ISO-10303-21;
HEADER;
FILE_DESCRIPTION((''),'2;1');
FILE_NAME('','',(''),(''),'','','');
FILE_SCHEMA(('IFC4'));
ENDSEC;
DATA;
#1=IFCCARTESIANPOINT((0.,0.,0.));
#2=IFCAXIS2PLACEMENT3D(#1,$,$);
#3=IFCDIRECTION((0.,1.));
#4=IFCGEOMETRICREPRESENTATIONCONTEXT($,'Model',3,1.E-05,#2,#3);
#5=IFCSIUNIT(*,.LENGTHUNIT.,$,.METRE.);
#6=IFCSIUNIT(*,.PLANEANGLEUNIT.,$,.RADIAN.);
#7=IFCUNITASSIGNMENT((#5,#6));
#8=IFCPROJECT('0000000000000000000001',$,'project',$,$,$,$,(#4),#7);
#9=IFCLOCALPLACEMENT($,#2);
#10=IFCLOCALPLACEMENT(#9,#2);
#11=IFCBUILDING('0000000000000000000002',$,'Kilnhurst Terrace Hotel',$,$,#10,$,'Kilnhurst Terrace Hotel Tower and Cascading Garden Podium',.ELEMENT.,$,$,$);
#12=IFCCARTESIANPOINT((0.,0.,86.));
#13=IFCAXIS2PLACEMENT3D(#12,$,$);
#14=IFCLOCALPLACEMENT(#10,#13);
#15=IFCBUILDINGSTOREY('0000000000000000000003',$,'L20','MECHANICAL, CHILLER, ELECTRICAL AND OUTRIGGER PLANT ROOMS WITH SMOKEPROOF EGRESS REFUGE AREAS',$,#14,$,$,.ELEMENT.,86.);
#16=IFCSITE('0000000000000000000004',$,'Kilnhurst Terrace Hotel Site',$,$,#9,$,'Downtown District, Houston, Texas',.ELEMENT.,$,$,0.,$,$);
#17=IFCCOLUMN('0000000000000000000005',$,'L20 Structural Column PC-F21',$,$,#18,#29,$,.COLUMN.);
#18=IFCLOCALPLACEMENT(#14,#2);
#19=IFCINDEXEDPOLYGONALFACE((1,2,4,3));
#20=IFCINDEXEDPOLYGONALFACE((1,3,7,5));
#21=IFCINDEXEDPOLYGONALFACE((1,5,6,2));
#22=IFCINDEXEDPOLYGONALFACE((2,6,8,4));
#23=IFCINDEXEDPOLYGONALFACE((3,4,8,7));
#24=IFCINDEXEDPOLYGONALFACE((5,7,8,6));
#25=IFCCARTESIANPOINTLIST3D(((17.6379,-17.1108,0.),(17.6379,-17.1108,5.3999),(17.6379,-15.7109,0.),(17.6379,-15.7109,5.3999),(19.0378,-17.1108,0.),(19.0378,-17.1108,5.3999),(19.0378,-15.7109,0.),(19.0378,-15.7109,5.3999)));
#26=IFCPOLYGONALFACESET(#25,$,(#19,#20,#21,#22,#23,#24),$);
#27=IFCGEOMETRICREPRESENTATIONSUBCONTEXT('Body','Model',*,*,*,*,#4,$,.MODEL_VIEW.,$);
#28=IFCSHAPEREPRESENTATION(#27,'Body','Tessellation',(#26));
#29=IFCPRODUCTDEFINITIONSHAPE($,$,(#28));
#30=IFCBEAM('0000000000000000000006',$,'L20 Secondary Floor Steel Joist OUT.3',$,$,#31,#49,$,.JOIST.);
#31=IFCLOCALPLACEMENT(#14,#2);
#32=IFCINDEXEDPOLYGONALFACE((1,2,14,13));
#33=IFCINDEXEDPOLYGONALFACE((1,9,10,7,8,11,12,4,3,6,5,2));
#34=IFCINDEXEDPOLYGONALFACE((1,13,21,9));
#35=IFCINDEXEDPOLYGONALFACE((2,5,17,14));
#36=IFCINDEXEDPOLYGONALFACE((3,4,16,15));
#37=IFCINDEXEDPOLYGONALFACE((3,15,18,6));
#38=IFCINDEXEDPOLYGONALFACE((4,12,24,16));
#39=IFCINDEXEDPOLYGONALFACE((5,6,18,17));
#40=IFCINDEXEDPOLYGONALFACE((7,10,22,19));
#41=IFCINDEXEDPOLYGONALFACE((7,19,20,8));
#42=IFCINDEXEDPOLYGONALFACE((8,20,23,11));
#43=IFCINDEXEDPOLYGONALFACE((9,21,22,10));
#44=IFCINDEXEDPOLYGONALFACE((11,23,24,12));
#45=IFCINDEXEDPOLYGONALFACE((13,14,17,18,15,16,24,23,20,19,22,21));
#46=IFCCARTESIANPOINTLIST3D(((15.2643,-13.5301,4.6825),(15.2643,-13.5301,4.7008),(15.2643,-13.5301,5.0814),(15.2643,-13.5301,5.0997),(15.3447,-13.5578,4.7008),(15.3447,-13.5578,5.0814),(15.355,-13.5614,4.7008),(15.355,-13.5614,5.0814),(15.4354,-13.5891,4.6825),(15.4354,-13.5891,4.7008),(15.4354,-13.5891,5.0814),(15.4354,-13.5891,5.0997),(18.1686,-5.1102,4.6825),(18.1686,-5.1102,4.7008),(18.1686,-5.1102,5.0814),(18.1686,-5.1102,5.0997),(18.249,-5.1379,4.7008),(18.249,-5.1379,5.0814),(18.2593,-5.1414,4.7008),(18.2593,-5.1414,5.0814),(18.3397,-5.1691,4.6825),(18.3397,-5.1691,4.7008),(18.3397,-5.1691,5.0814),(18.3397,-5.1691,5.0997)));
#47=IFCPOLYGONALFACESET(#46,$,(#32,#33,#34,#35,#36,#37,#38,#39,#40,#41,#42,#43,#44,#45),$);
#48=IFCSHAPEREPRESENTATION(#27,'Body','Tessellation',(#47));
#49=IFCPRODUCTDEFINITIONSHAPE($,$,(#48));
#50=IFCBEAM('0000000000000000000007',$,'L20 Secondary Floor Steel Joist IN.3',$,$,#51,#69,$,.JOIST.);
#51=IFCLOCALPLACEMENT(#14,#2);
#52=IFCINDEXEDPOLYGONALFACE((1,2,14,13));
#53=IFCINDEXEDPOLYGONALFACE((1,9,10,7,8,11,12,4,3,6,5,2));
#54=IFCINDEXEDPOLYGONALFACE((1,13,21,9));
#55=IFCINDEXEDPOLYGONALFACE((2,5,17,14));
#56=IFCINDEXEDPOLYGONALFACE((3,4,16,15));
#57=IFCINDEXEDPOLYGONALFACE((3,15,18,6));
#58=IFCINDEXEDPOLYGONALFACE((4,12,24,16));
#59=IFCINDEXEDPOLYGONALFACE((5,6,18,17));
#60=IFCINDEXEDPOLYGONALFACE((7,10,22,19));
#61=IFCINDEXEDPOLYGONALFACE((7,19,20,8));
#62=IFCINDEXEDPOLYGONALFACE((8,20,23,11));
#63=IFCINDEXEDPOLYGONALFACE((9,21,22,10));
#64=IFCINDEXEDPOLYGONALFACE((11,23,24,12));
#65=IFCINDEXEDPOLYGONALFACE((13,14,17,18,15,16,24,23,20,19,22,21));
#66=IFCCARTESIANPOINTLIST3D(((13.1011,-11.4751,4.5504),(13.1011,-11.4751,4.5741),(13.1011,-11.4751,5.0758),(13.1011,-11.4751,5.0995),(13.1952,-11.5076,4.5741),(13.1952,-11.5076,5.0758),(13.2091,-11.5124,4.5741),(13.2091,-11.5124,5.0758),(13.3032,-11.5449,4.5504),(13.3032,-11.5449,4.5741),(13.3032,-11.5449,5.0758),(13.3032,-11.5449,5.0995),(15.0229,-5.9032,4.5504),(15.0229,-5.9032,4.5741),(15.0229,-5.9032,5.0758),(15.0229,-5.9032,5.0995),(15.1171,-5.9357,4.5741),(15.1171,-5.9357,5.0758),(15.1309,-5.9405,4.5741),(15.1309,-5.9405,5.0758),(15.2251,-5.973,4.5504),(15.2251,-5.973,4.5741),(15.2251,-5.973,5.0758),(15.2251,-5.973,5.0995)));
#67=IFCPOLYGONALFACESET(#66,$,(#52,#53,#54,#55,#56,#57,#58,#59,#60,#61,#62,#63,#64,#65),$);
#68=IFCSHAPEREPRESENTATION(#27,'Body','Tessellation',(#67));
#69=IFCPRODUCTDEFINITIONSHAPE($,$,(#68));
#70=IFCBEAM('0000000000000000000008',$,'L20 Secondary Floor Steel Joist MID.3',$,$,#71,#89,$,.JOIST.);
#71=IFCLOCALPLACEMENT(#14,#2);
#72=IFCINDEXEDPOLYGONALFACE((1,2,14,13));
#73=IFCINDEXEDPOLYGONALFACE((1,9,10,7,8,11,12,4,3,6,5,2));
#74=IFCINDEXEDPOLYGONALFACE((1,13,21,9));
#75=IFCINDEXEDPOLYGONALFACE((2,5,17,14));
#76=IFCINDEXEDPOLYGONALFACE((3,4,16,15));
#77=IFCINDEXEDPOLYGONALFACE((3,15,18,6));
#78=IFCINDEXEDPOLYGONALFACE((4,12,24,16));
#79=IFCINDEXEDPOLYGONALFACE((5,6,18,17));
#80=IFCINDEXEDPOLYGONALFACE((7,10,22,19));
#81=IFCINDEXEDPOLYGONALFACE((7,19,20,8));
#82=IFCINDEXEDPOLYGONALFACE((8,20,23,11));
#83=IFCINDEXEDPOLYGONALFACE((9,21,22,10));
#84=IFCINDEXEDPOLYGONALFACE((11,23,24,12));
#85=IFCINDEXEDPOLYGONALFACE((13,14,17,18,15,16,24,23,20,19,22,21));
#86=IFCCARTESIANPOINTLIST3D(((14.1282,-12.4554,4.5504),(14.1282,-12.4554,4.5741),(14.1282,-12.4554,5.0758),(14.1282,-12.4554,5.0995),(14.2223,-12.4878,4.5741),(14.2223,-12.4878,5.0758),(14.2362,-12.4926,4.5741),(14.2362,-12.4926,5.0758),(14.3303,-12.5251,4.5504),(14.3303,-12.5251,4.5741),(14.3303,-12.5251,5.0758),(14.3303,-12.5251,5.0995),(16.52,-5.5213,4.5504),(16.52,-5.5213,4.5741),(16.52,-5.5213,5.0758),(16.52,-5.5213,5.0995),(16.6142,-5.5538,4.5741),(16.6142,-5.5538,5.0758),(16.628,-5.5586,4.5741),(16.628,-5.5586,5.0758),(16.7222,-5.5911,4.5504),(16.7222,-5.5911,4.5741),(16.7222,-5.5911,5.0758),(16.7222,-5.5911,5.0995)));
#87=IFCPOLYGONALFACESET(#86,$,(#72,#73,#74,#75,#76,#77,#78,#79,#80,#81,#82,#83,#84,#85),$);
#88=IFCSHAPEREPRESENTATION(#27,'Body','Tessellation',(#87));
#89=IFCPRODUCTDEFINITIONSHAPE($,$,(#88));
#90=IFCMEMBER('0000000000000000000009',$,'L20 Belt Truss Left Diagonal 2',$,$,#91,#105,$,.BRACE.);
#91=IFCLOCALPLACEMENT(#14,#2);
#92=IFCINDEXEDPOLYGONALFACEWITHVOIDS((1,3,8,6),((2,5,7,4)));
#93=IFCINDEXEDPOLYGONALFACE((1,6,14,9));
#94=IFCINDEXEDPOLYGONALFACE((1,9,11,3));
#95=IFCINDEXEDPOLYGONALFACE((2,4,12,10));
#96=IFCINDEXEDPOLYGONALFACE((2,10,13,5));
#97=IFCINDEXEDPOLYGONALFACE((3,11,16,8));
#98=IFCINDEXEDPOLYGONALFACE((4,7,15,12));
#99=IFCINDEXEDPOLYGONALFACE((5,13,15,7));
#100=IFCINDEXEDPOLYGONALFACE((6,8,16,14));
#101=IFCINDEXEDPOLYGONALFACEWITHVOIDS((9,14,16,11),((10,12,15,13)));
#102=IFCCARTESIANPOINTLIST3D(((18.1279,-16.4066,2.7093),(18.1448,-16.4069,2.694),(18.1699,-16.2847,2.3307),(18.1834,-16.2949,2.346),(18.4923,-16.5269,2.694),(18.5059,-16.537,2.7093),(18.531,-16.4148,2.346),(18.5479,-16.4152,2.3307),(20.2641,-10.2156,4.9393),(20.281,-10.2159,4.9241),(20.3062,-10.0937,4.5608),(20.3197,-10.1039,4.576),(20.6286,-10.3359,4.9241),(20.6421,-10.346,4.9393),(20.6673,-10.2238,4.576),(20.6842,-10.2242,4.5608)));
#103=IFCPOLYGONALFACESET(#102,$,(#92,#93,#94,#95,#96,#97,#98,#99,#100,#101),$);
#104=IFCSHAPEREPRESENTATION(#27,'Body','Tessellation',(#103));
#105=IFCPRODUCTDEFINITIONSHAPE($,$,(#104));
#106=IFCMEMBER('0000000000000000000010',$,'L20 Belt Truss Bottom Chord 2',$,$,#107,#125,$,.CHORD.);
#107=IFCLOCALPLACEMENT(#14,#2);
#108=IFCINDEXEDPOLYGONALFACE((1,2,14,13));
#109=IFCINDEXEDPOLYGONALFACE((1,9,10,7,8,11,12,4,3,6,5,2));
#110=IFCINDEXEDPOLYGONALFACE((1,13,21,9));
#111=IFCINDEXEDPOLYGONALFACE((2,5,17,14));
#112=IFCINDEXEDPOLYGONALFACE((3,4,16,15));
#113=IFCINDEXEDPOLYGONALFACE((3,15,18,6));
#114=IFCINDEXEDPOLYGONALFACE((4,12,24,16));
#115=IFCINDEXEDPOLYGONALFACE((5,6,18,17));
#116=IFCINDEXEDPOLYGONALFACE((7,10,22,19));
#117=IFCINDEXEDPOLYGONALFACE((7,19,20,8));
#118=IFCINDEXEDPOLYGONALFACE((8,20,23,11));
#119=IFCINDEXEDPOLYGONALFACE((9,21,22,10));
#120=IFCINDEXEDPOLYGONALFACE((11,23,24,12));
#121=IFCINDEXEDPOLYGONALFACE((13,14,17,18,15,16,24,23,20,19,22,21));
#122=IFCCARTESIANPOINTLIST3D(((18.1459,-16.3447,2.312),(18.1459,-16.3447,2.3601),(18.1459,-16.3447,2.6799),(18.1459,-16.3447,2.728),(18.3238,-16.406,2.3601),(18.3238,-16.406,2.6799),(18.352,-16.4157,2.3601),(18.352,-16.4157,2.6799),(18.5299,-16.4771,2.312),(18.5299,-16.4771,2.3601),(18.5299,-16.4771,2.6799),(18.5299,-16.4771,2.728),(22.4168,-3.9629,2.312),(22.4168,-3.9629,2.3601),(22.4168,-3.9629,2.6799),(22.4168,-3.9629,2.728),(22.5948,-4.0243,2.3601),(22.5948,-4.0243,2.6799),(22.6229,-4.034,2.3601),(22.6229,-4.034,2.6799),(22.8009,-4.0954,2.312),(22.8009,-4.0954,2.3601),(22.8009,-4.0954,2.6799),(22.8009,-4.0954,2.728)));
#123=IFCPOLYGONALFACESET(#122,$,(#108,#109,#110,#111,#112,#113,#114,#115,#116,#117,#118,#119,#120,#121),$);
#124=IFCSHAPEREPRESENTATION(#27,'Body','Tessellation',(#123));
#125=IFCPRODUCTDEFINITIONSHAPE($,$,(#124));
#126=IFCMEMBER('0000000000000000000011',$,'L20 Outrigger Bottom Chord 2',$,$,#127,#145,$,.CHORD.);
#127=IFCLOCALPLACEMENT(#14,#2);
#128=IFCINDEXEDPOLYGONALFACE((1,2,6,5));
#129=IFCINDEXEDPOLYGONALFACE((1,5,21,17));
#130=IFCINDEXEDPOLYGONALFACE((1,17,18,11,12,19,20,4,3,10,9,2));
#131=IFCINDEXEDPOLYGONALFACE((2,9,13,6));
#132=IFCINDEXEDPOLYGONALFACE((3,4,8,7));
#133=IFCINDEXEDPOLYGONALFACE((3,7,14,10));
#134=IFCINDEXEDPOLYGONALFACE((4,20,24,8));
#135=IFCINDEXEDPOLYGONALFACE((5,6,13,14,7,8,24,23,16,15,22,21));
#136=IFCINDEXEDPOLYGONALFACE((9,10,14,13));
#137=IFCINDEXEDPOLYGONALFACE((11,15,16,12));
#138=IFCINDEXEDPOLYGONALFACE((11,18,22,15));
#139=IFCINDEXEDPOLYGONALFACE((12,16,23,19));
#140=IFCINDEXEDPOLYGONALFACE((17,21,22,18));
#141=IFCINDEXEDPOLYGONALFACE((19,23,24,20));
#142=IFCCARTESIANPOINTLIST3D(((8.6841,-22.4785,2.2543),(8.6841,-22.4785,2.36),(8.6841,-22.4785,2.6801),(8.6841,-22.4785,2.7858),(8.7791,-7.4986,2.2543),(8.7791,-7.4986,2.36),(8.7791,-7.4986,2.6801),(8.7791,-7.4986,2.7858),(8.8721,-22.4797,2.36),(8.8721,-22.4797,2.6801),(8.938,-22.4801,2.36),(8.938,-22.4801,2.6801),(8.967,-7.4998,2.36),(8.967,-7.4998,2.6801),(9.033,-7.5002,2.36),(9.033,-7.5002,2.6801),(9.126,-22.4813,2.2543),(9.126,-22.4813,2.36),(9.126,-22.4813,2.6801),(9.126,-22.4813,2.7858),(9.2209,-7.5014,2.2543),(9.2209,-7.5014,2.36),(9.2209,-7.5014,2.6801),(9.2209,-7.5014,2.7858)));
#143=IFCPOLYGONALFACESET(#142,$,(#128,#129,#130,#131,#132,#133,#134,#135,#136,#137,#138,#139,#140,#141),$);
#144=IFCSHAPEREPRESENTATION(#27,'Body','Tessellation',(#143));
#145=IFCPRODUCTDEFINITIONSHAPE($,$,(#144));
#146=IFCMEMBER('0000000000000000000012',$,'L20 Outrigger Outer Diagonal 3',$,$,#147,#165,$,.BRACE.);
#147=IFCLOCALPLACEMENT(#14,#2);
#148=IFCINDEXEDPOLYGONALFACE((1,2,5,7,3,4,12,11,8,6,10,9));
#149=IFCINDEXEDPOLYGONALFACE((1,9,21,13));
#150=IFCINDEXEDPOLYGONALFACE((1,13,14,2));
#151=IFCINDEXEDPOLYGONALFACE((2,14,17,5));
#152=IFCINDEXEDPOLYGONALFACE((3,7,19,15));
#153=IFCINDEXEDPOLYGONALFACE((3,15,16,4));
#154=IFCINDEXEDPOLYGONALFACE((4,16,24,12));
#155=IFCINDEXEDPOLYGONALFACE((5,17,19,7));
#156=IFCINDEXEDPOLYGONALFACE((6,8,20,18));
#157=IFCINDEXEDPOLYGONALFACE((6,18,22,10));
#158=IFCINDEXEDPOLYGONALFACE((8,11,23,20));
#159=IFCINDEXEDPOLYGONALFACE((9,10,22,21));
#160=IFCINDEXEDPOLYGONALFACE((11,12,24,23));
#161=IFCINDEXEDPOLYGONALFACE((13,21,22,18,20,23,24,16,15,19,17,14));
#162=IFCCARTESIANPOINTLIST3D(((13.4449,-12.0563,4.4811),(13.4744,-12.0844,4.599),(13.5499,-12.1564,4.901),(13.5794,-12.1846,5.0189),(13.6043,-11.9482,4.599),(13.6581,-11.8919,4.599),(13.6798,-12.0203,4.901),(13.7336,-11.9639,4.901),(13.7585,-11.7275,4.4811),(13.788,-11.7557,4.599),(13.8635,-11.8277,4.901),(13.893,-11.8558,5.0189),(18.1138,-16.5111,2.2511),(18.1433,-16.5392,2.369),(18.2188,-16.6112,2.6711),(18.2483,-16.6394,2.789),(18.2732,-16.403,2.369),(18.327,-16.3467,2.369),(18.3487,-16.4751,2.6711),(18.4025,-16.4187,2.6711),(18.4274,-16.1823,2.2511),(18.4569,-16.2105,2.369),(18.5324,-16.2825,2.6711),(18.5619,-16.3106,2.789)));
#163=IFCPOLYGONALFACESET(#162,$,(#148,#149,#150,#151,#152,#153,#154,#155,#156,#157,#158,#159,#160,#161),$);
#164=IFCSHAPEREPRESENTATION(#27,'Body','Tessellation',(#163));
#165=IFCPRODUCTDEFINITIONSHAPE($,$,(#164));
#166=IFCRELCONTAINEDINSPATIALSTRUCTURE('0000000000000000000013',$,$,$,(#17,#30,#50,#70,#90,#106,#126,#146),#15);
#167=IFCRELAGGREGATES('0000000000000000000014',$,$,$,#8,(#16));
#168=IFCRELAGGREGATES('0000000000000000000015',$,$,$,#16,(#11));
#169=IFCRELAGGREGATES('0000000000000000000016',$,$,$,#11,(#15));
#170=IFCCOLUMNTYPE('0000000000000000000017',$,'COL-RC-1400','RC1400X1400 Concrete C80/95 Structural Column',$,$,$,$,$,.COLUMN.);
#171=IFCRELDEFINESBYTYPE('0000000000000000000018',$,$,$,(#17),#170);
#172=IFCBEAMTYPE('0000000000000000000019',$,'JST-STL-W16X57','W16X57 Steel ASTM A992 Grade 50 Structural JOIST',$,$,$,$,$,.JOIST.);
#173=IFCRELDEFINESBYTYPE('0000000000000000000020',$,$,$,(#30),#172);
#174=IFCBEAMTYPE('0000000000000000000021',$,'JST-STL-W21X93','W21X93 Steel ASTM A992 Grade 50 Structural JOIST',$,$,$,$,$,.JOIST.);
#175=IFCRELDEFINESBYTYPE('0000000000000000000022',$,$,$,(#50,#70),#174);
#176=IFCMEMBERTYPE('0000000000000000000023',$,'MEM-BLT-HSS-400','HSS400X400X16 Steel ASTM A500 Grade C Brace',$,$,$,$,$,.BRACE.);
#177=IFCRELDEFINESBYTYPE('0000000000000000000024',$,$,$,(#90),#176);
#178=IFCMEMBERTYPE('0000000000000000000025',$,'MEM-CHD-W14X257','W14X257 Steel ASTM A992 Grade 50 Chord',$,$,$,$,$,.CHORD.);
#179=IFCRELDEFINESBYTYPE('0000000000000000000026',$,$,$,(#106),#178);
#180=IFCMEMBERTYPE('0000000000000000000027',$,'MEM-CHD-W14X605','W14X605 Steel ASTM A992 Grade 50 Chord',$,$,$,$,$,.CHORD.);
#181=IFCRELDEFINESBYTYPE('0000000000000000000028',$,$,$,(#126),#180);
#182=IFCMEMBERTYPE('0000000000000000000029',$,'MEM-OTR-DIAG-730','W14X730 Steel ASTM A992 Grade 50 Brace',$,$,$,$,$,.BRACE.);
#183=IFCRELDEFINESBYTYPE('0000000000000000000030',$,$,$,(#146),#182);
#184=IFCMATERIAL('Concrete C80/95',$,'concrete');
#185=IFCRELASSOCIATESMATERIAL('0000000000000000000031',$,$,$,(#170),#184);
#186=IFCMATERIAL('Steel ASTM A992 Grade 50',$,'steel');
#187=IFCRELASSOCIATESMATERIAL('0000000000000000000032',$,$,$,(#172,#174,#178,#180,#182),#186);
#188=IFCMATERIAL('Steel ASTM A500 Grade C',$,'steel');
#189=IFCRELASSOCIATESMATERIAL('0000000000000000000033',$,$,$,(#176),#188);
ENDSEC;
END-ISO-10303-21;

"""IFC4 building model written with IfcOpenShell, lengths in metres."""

from ifc_helpers import new_model, si_unit, direction, frame, origin, origin_2d, place, context, subcontext, project, spatial, rectangle, hollow_rectangle, i_section, extrude, material, material_profile, profile_set, type_object, element, save


model = new_model("IFC4")

# Units and contexts
model_context = context("Model", 3, precision=1e-05, world=origin(), true_north=direction((0.0, 1.0)))
body_context = subcontext(model_context, "Body", "Model", "MODEL_VIEW")
ifc_project = project(units=[si_unit("LENGTHUNIT", "METRE"), si_unit("PLANEANGLEUNIT", "RADIAN")], contexts=[model_context])

# Site, building, storey
site_placement = place(None, origin())
site = spatial("IfcSite", under=ifc_project, at=site_placement, Name="Kilnhurst Terrace Hotel Site", LongName="Downtown District, Houston, Texas", CompositionType="ELEMENT", RefElevation=0.0)
building_placement = place(site_placement, origin())
building = spatial("IfcBuilding", under=site, at=building_placement, Name="Kilnhurst Terrace Hotel", LongName="Kilnhurst Terrace Hotel Tower and Cascading Garden Podium", CompositionType="ELEMENT")
storey_placement = place(building_placement, frame((0.0, 0.0, 86.0)))
storey = spatial("IfcBuildingStorey", under=building, at=storey_placement, Name="L20", Description="MECHANICAL, CHILLER, ELECTRICAL AND OUTRIGGER PLANT ROOMS WITH SMOKEPROOF EGRESS REFUGE AREAS", CompositionType="ELEMENT", Elevation=86.0)

# Column
ifc_material_1 = material(Name="Concrete C80/95", Category="concrete")
ifc_material_profile_1 = material_profile(ifc_material_1, rectangle(XDim=1.3999, YDim=1.3999, at=origin_2d()), Name="RC1400X1400")
ifc_profile_set_1 = profile_set([ifc_material_profile_1], Name="Concrete C80/95")
column_type = type_object("IfcColumnType", Name="COL-RC-1400", Description="RC1400X1400 Concrete C80/95 Structural Column", PredefinedType="COLUMN", material=ifc_profile_set_1)
column_placement = place(storey_placement, frame((18.3379, -16.4109, 0.0), z_axis=(0.0, 0.0, 1.0), x_axis=(1.0, 0.0, 0.0)))
element("IfcColumn", 1, at=column_placement, inside=storey, type_object=column_type, Name="L20 Structural Column PC-F21", PredefinedType="COLUMN", context=body_context, shape_type="SweptSolid", body=[
    extrude(rectangle(XDim=1.3999, YDim=1.3999, at=origin_2d()), origin(), (0.0, 0.0, 1.0), 5.3999),
])

# Beams
ifc_material_2 = material(Name="Steel ASTM A992 Grade 50", Category="steel")
ifc_material_profile_2 = material_profile(ifc_material_2, i_section(OverallWidth=0.1809, OverallDepth=0.4172, WebThickness=0.011, FlangeThickness=0.0183, at=origin_2d()), Name="W16X57")
ifc_profile_set_2 = profile_set([ifc_material_profile_2], Name="Steel ASTM A992 Grade 50")
beam_type_1 = type_object("IfcBeamType", Name="JST-STL-W16X57", Description="W16X57 Steel ASTM A992 Grade 50 Structural JOIST", PredefinedType="JOIST", material=ifc_profile_set_2)
beam_1_placement = place(storey_placement, frame((15.3499, -13.5596, 4.8911), z_axis=(0.326079, 0.945343, 0.0), x_axis=(-0.945343, 0.326079, 0.0)))
element("IfcBeam", 2, at=beam_1_placement, inside=storey, type_object=beam_type_1, Name="L20 Secondary Floor Steel Joist OUT.3", PredefinedType="JOIST", context=body_context, shape_type="SweptSolid", body=[
    extrude(i_section(OverallWidth=0.1809, OverallDepth=0.4172, WebThickness=0.011, FlangeThickness=0.0183, at=origin_2d()), origin(), (0.0, 0.0, 1.0), 8.9067),
])
ifc_material_profile_3 = material_profile(ifc_material_2, i_section(OverallWidth=0.2139, OverallDepth=0.5491, WebThickness=0.0146, FlangeThickness=0.0237, at=origin_2d()), Name="W21X93")
ifc_profile_set_3 = profile_set([ifc_material_profile_3], Name="Steel ASTM A992 Grade 50")
beam_type_2 = type_object("IfcBeamType", Name="JST-STL-W21X93", Description="W21X93 Steel ASTM A992 Grade 50 Structural JOIST", PredefinedType="JOIST", material=ifc_profile_set_3)
beam_2_placement = place(storey_placement, frame((13.2021, -11.51, 4.825), z_axis=(0.326065, 0.945347, 0.0), x_axis=(-0.945347, 0.326065, 0.0)))
element("IfcBeam", 3, at=beam_2_placement, inside=storey, type_object=beam_type_2, Name="L20 Secondary Floor Steel Joist IN.3", PredefinedType="JOIST", context=body_context, shape_type="SweptSolid", body=[
    extrude(i_section(OverallWidth=0.2139, OverallDepth=0.5491, WebThickness=0.0146, FlangeThickness=0.0237, at=origin_2d()), origin(), (0.0, 0.0, 1.0), 5.894),
])
beam_3_placement = place(storey_placement, frame((14.2292, -12.4902, 4.825), z_axis=(0.326086, 0.94534, 0.0), x_axis=(-0.94534, 0.326086, 0.0)))
element("IfcBeam", 4, at=beam_3_placement, inside=storey, type_object=beam_type_2, Name="L20 Secondary Floor Steel Joist MID.3", PredefinedType="JOIST", context=body_context, shape_type="SweptSolid", body=[
    extrude(i_section(OverallWidth=0.2139, OverallDepth=0.5491, WebThickness=0.0146, FlangeThickness=0.0237, at=origin_2d()), origin(), (0.0, 0.0, 1.0), 7.335),
])

# Members
ifc_material_3 = material(Name="Steel ASTM A500 Grade C", Category="steel")
ifc_material_profile_4 = material_profile(ifc_material_3, hollow_rectangle(XDim=0.3999, YDim=0.3999, WallThickness=0.0161, at=origin_2d()), Name="HSS400X400X16")
ifc_profile_set_4 = profile_set([ifc_material_profile_4], Name="Steel ASTM A500 Grade C")
member_type_1 = type_object("IfcMemberType", Name="MEM-BLT-HSS-400", Description="HSS400X400X16 Steel ASTM A500 Grade C Brace", PredefinedType="BRACE", material=ifc_profile_set_4)
member_1_placement = place(storey_placement, frame((18.3379, -16.4109, 2.52), z_axis=(0.308777, 0.894853, 0.322328), x_axis=(-0.945306, 0.326186, 0.0)))
element("IfcMember", 5, at=member_1_placement, inside=storey, type_object=member_type_1, Name="L20 Belt Truss Left Diagonal 2", PredefinedType="BRACE", context=body_context, shape_type="SweptSolid", body=[
    extrude(hollow_rectangle(XDim=0.3999, YDim=0.3999, WallThickness=0.0161, at=origin_2d()), origin(), (0.0, 0.0, 1.0), 6.9185),
])
ifc_material_profile_5 = material_profile(ifc_material_2, i_section(OverallWidth=0.4062, OverallDepth=0.416, WebThickness=0.0298, FlangeThickness=0.0481, at=origin_2d()), Name="W14X257")
ifc_profile_set_5 = profile_set([ifc_material_profile_5], Name="Steel ASTM A992 Grade 50")
member_type_2 = type_object("IfcMemberType", Name="MEM-CHD-W14X257", Description="W14X257 Steel ASTM A992 Grade 50 Chord", PredefinedType="CHORD", material=ifc_profile_set_5)
member_2_placement = place(storey_placement, frame((18.3379, -16.4109, 2.52), z_axis=(0.326086, 0.94534, 0.0), x_axis=(-0.94534, 0.326086, 0.0)))
element("IfcMember", 6, at=member_2_placement, inside=storey, type_object=member_type_2, Name="L20 Belt Truss Bottom Chord 2", PredefinedType="CHORD", context=body_context, shape_type="SweptSolid", body=[
    extrude(i_section(OverallWidth=0.4062, OverallDepth=0.416, WebThickness=0.0298, FlangeThickness=0.0481, at=origin_2d()), origin(), (0.0, 0.0, 1.0), 13.0977),
])
ifc_material_profile_6 = material_profile(ifc_material_2, i_section(OverallWidth=0.4419, OverallDepth=0.5315, WebThickness=0.0659, FlangeThickness=0.1057, at=origin_2d()), Name="W14X605")
ifc_profile_set_6 = profile_set([ifc_material_profile_6], Name="Steel ASTM A992 Grade 50")
member_type_3 = type_object("IfcMemberType", Name="MEM-CHD-W14X605", Description="W14X605 Steel ASTM A992 Grade 50 Chord", PredefinedType="CHORD", material=ifc_profile_set_6)
member_3_placement = place(storey_placement, frame((9.0, -7.5, 2.52), z_axis=(-0.00634, -0.99998, 0.0), x_axis=(0.99998, -0.00634, 0.0)))
element("IfcMember", 7, at=member_3_placement, inside=storey, type_object=member_type_3, Name="L20 Outrigger Bottom Chord 2", PredefinedType="CHORD", context=body_context, shape_type="SweptSolid", body=[
    extrude(i_section(OverallWidth=0.4419, OverallDepth=0.5315, WebThickness=0.0659, FlangeThickness=0.1057, at=origin_2d()), origin(), (0.0, 0.0, 1.0), 14.9802),
])
ifc_material_profile_7 = material_profile(ifc_material_2, i_section(OverallWidth=0.4543, OverallDepth=0.5691, WebThickness=0.0779, FlangeThickness=0.1248, at=origin_2d()), Name="W14X730")
ifc_profile_set_7 = profile_set([ifc_material_profile_7], Name="Steel ASTM A992 Grade 50")
member_type_4 = type_object("IfcMemberType", Name="MEM-OTR-DIAG-730", Description="W14X730 Steel ASTM A992 Grade 50 Brace", PredefinedType="BRACE", material=ifc_profile_set_7)
member_4_placement = place(storey_placement, frame((13.6689, -11.9561, 4.75), z_axis=(0.683825, -0.652465, -0.326608), x_axis=(0.690323, 0.723502, 0.0)))
element("IfcMember", 8, at=member_4_placement, inside=storey, type_object=member_type_4, Name="L20 Outrigger Outer Diagonal 3", PredefinedType="BRACE", context=body_context, shape_type="SweptSolid", body=[
    extrude(i_section(OverallWidth=0.4543, OverallDepth=0.5691, WebThickness=0.0779, FlangeThickness=0.1248, at=origin_2d()), origin(), (0.0, 0.0, 1.0), 6.8276),
])

save(model, "model.ifc")
